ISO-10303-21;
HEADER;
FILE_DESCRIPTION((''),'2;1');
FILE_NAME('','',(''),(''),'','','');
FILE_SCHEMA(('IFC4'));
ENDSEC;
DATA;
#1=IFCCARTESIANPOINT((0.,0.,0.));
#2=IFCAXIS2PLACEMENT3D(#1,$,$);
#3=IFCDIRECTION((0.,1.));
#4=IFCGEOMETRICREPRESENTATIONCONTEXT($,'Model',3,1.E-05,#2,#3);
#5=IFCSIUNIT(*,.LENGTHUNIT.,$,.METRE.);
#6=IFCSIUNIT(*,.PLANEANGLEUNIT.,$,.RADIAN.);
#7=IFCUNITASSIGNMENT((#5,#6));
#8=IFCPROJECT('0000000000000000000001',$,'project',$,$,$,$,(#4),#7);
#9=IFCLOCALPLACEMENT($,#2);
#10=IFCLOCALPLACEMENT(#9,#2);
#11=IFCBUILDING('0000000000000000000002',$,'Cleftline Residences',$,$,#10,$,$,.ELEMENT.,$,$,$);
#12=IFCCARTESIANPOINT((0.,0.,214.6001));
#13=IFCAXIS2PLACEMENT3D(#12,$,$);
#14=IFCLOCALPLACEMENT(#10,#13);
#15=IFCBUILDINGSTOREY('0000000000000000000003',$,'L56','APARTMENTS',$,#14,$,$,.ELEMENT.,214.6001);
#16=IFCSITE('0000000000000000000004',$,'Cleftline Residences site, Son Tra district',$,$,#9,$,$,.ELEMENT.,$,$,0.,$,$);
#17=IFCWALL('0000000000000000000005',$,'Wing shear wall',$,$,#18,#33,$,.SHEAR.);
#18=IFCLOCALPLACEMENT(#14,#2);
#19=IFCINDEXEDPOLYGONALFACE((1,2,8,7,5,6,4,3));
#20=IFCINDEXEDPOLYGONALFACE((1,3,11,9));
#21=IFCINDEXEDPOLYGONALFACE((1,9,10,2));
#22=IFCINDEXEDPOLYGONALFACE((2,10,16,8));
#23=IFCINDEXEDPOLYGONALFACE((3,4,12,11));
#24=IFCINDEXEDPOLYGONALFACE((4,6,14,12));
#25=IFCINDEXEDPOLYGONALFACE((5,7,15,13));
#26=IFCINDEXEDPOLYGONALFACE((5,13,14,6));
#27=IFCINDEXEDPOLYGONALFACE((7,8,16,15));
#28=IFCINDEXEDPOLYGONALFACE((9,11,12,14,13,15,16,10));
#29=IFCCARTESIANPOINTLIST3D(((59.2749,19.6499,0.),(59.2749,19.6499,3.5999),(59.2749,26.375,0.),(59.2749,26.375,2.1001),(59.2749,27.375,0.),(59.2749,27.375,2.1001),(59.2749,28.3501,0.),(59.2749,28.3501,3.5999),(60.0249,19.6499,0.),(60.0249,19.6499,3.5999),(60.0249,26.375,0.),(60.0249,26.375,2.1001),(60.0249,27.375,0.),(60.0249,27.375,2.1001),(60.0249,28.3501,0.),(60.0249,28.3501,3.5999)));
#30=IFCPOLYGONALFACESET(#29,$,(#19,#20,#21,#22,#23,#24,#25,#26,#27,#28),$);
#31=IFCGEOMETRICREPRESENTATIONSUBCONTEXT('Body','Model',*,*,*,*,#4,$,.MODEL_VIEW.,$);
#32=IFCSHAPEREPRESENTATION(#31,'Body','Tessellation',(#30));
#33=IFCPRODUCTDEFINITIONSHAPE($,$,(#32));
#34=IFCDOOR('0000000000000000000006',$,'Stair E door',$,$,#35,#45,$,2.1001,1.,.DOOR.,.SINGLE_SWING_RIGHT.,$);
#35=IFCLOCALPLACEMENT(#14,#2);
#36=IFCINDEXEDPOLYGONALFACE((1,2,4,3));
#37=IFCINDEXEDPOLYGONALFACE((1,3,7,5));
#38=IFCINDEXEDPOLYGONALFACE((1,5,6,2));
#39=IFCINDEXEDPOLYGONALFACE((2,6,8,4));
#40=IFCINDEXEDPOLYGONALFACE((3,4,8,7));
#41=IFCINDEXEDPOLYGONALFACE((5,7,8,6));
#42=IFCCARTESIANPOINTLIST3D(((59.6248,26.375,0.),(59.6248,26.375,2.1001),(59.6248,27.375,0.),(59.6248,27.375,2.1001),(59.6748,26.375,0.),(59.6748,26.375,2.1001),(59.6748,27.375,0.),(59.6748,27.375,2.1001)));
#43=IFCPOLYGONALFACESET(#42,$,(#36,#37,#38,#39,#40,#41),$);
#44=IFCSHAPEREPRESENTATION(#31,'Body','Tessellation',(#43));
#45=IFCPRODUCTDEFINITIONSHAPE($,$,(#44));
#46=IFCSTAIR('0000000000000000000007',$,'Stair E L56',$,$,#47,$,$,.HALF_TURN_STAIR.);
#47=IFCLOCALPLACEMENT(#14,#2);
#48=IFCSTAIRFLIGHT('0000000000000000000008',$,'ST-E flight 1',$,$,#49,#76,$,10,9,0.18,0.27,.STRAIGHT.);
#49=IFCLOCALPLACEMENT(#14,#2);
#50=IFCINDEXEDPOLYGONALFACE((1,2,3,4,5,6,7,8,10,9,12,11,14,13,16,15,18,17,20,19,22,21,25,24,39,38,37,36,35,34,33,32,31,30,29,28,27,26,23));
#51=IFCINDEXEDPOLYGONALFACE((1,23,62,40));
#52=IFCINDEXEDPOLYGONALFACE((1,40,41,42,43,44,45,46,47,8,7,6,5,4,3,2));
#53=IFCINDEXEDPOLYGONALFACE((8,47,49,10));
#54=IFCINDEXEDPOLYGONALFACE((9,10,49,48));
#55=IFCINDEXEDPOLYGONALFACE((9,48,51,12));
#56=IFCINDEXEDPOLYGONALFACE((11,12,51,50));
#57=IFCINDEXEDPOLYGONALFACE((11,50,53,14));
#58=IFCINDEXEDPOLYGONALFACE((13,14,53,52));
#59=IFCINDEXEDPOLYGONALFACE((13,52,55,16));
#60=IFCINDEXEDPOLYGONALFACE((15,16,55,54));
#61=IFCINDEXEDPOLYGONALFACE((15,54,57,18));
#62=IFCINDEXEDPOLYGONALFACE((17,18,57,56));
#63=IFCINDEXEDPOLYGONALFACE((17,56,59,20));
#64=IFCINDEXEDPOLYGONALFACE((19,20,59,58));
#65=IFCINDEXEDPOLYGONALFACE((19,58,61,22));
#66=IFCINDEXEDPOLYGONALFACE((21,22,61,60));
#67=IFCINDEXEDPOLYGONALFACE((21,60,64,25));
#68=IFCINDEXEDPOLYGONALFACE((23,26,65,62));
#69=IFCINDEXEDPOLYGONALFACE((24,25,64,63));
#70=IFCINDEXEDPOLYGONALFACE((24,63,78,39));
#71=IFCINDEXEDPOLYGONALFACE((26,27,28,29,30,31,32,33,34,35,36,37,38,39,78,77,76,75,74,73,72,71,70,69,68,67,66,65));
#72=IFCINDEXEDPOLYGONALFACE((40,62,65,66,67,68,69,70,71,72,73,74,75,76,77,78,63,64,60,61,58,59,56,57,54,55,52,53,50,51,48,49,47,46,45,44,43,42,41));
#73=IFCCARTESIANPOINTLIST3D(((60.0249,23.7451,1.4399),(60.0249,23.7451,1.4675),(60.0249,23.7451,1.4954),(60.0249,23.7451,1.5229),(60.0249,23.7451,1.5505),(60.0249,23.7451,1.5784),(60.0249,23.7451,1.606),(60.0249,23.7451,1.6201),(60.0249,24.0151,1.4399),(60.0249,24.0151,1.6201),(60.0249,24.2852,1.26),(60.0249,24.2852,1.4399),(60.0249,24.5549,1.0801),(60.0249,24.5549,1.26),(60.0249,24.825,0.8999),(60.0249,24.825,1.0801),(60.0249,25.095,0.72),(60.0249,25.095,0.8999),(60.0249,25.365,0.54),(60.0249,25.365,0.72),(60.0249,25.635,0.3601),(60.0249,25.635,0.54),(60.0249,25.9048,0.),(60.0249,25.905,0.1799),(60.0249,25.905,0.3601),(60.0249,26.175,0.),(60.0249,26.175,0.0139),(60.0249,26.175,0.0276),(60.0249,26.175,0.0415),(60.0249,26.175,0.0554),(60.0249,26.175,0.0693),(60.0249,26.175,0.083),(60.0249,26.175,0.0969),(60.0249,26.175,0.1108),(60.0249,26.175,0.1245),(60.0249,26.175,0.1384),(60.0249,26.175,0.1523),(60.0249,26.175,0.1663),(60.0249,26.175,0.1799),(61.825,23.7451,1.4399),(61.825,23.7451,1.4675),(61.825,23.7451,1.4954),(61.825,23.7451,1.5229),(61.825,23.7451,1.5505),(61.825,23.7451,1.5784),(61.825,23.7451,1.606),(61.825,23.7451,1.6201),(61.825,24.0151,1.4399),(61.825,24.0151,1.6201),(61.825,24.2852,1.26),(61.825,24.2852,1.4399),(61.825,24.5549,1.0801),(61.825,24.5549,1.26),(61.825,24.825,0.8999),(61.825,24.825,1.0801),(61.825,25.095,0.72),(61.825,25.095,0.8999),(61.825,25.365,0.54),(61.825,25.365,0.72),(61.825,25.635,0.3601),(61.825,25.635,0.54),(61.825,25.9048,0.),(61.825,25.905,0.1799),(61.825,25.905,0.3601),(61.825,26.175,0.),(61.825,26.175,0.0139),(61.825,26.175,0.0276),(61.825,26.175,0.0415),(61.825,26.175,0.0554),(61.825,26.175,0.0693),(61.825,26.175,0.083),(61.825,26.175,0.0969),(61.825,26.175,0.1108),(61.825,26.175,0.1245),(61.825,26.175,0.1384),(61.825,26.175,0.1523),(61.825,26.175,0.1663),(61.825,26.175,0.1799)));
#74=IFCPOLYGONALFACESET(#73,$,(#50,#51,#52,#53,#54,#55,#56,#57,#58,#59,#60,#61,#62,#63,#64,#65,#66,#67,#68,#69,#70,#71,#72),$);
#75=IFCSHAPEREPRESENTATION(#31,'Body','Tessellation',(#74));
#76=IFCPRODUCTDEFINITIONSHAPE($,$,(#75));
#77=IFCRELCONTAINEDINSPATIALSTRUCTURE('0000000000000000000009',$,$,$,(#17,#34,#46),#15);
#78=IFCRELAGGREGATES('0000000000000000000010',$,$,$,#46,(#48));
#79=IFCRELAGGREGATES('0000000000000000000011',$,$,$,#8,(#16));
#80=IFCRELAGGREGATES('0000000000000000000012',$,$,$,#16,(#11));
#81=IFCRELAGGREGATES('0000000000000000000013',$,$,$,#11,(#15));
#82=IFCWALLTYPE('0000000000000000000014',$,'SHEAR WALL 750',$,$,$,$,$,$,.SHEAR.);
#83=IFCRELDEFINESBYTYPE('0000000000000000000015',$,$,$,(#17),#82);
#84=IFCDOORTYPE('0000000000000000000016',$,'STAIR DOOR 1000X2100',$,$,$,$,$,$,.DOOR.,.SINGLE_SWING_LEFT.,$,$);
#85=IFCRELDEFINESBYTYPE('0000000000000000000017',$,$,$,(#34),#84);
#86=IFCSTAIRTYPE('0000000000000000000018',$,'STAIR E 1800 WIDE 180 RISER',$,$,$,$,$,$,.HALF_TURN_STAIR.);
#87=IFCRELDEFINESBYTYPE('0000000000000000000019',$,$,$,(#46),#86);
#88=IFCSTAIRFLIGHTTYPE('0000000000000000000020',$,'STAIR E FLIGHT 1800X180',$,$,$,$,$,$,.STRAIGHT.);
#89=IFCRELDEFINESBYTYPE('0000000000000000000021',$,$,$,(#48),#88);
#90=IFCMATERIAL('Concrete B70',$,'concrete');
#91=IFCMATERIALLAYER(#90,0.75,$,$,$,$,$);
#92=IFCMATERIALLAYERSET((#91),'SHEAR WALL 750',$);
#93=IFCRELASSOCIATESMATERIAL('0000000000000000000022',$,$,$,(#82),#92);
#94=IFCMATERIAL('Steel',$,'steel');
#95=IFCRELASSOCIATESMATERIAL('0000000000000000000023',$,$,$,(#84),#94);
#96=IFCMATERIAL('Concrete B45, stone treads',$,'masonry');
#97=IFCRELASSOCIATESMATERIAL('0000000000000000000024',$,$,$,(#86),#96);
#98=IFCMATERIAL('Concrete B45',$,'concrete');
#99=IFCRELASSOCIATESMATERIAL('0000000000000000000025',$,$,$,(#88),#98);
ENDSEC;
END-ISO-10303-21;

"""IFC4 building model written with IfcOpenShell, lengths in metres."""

from ifc_helpers import new_model, si_unit, direction, frame, frame_2d, origin, place, context, subcontext, project, spatial, polyline, rectangle, outline, extrude, material, layer, layer_set, type_object, element, fill, aggregate, save


model = new_model("IFC4")

# Units and contexts
model_context = context("Model", 3, precision=1e-05, world=origin(), true_north=direction((0.0, 1.0)))
body_context = subcontext(model_context, "Body", "Model", "MODEL_VIEW")
ifc_project = project(units=[si_unit("LENGTHUNIT", "METRE"), si_unit("PLANEANGLEUNIT", "RADIAN")], contexts=[model_context])

# Site, building, storey
site_placement = place(None, origin())
site = spatial("IfcSite", under=ifc_project, at=site_placement, Name="Cleftline Residences site, Son Tra district", CompositionType="ELEMENT", RefElevation=0.0)
building_placement = place(site_placement, origin())
building = spatial("IfcBuilding", under=site, at=building_placement, Name="Cleftline Residences", CompositionType="ELEMENT")
storey_placement = place(building_placement, frame((0.0, 0.0, 214.6001)))
storey = spatial("IfcBuildingStorey", under=building, at=storey_placement, Name="L56", Description="APARTMENTS", CompositionType="ELEMENT", Elevation=214.6001)

# Shared definitions
ifc_material_1 = material(Name="Concrete B70", Category="concrete")
ifc_layer_1 = layer(ifc_material_1, 0.75)
ifc_layer_set_1 = layer_set([ifc_layer_1], Name="SHEAR WALL 750")
wall_type_1 = type_object("IfcWallType", Name="SHEAR WALL 750", PredefinedType="SHEAR", material=ifc_layer_set_1)

# Wall, opening, door
wall_1_placement = place(storey_placement, frame((59.6499, 28.3501, 0.0), z_axis=(0.0, 0.0, 1.0), x_axis=(0.0, -1.0, 0.0)))
wall_1 = element("IfcWall", 1, at=wall_1_placement, inside=storey, type_object=wall_type_1, Name="Wing shear wall", PredefinedType="SHEAR", context=body_context, shape_type="SweptSolid", body=[
    extrude(rectangle(XDim=8.7002, YDim=0.75, at=frame_2d((4.3501, 0.0))), origin(), (0.0, 0.0, 1.0), 3.5999),
])
opening_1_placement = place(wall_1_placement, frame((0.9751, 0.0, 0.0)))
opening_1 = element("IfcOpeningElement", 2, at=opening_1_placement, cuts=wall_1, PredefinedType="OPENING", context=body_context, shape_type="SweptSolid", body=[
    extrude(rectangle(XDim=1.0, YDim=2.1001, at=frame_2d((0.5, 1.05))), frame((0.0, 0.385, 0.0), z_axis=(0.0, -1.0, 0.0), x_axis=(1.0, 0.0, 0.0)), (0.0, 0.0, 1.0), 0.77),
])
ifc_material_2 = material(Name="Steel", Category="steel")
door_type_1 = type_object("IfcDoorType", Name="STAIR DOOR 1000X2100", OperationType="SINGLE_SWING_LEFT", PredefinedType="DOOR", material=ifc_material_2)
door_1_placement = place(opening_1_placement, origin())
door_1 = element("IfcDoor", 3, at=door_1_placement, inside=storey, type_object=door_type_1, Name="Stair E door", OperationType="SINGLE_SWING_RIGHT", OverallHeight=2.1001, OverallWidth=1.0, PredefinedType="DOOR", context=body_context, shape_type="SweptSolid", body=[
    extrude(rectangle(XDim=1.0, YDim=2.1001, at=frame_2d((0.5, 1.05))), frame((0.0, 0.0249, 0.0), z_axis=(0.0, -1.0, 0.0), x_axis=(1.0, 0.0, 0.0)), (0.0, 0.0, 1.0), 0.05),
])
fill(opening_1, door_1)

# Stair, stair flight
ifc_material_3 = material(Name="Concrete B45, stone treads", Category="masonry")
stair_type = type_object("IfcStairType", Name="STAIR E 1800 WIDE 180 RISER", PredefinedType="HALF_TURN_STAIR", material=ifc_material_3)
stair_placement = place(storey_placement, origin())
stair = element("IfcStair", 4, at=stair_placement, inside=storey, type_object=stair_type, Name="Stair E L56", PredefinedType="HALF_TURN_STAIR")
ifc_material_4 = material(Name="Concrete B45", Category="concrete")
stair_flight_type = type_object("IfcStairFlightType", Name="STAIR E FLIGHT 1800X180", PredefinedType="STRAIGHT", material=ifc_material_4)
stair_flight_placement = place(storey_placement, frame((60.925, 26.175, 0.0), z_axis=(0.0, 0.0, 1.0), x_axis=(0.0, -1.0, 0.0)))
stair_flight = element("IfcStairFlight", 5, at=stair_flight_placement, type_object=stair_flight_type, Name="ST-E flight 1", NumberOfRisers=10, NumberOfTreads=9, PredefinedType="STRAIGHT", RiserHeight=0.18, TreadLength=0.27, context=body_context, shape_type="SweptSolid", body=[
    extrude(outline(polyline([(0.0, 0.0), (0.0, 0.0139), (0.0, 0.0276), (0.0, 0.0415), (0.0, 0.0554), (0.0, 0.0693), (0.0, 0.083), (0.0, 0.0969), (0.0, 0.1108), (0.0, 0.1245), (0.0, 0.1384), (0.0, 0.1523), (0.0, 0.1663), (0.0, 0.1799), (0.27, 0.1799), (0.27, 0.3601), (0.54, 0.3601), (0.54, 0.54), (0.8101, 0.54), (0.8101, 0.72), (1.0801, 0.72), (1.0801, 0.8999), (1.3501, 0.8999), (1.3501, 1.0801), (1.6201, 1.0801), (1.6201, 1.26), (1.8899, 1.26), (1.8899, 1.4399), (2.1599, 1.4399), (2.1599, 1.6201), (2.4299, 1.6201), (2.4299, 1.8), (2.4299, 1.7722), (2.4299, 1.7446), (2.4299, 1.7168), (2.4299, 1.6892), (2.4299, 1.6614), (2.4299, 1.6338), (2.4299, 1.606), (2.4299, 1.5784), (2.4299, 1.5505), (2.4299, 1.5229), (2.4299, 1.4954), (2.4299, 1.4675), (2.4299, 1.4399), (0.2703, 0.0), (0.0, 0.0)])), frame((0.0, 0.8999, 0.0), z_axis=(0.0, -1.0, 0.0), x_axis=(1.0, 0.0, 0.0)), (0.0, 0.0, 1.0), 1.8),
])
aggregate(stair, [stair_flight])

save(model, "model.ifc")
